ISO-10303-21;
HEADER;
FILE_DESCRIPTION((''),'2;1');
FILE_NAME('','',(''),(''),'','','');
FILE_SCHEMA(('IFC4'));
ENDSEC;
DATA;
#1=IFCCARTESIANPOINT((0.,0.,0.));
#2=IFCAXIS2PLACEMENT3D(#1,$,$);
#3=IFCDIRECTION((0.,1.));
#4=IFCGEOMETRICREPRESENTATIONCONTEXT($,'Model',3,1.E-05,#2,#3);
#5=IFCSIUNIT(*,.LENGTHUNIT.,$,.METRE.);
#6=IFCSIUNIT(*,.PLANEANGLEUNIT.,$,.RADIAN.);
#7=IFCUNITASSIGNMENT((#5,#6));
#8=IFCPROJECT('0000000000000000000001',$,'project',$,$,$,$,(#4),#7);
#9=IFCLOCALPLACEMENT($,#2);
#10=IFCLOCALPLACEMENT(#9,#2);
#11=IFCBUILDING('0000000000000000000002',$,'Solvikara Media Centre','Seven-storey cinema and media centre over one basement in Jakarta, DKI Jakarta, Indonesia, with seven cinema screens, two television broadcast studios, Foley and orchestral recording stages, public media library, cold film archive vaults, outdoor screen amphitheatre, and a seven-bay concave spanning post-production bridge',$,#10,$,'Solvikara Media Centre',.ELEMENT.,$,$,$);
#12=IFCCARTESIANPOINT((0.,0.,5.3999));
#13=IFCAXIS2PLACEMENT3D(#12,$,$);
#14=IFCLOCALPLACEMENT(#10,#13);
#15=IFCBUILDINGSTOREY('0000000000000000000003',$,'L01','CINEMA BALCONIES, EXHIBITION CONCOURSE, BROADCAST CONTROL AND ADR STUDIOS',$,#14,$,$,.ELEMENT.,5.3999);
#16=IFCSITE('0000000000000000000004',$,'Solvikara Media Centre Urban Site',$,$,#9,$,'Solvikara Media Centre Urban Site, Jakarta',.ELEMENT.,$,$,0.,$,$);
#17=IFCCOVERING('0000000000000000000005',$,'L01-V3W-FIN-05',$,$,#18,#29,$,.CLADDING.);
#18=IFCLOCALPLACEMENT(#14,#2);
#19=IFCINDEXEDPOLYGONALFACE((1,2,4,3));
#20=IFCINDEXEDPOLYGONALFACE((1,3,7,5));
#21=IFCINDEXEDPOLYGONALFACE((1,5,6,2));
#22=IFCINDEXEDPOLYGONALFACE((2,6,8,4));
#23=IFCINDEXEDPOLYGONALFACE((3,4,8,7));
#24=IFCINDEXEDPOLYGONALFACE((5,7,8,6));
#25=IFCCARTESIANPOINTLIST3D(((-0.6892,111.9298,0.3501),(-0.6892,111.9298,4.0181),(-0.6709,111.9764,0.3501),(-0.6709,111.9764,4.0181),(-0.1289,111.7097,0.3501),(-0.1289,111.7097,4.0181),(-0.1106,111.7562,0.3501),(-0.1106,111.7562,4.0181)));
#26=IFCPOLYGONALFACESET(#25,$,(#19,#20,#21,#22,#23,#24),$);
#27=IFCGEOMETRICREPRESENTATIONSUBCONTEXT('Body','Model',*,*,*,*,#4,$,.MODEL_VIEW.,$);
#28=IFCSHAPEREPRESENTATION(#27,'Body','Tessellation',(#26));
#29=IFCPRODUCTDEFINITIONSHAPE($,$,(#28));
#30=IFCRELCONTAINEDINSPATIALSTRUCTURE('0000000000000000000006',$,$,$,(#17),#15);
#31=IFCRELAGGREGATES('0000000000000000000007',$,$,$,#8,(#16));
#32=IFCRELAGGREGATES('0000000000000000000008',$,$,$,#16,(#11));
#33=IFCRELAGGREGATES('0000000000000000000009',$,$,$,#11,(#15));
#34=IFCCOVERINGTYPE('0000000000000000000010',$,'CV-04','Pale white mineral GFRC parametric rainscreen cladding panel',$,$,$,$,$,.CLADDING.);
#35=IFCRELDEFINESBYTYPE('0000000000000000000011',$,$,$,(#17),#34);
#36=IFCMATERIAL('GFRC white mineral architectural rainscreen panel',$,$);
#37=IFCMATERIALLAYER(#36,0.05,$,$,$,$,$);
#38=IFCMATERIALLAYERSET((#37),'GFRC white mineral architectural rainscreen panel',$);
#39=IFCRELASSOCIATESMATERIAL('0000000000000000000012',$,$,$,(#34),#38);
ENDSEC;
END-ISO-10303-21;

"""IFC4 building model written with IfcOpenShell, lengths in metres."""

from ifc_helpers import new_model, si_unit, direction, frame, origin, origin_2d, place, context, subcontext, project, spatial, rectangle, extrude, material, layer, layer_set, type_object, element, save


model = new_model("IFC4")

# Units and contexts
model_context = context("Model", 3, precision=1e-05, world=origin(), true_north=direction((0.0, 1.0)))
body_context = subcontext(model_context, "Body", "Model", "MODEL_VIEW")
ifc_project = project(units=[si_unit("LENGTHUNIT", "METRE"), si_unit("PLANEANGLEUNIT", "RADIAN")], contexts=[model_context])

# Site, building, storey
site_placement = place(None, origin())
site = spatial("IfcSite", under=ifc_project, at=site_placement, Name="Solvikara Media Centre Urban Site", LongName="Solvikara Media Centre Urban Site, Jakarta", CompositionType="ELEMENT", RefElevation=0.0)
building_placement = place(site_placement, origin())
building = spatial("IfcBuilding", under=site, at=building_placement, Name="Solvikara Media Centre", Description="Seven-storey cinema and media centre over one basement in Jakarta, DKI Jakarta, Indonesia, with seven cinema screens, two television broadcast studios, Foley and orchestral recording stages, public media library, cold film archive vaults, outdoor screen amphitheatre, and a seven-bay concave spanning post-production bridge", LongName="Solvikara Media Centre", CompositionType="ELEMENT")
storey_placement = place(building_placement, frame((0.0, 0.0, 5.3999)))
storey = spatial("IfcBuildingStorey", under=building, at=storey_placement, Name="L01", Description="CINEMA BALCONIES, EXHIBITION CONCOURSE, BROADCAST CONTROL AND ADR STUDIOS", CompositionType="ELEMENT", Elevation=5.3999)

# Covering
ifc_material_1 = material(Name="GFRC white mineral architectural rainscreen panel")
ifc_layer_1 = layer(ifc_material_1, 0.05)
ifc_layer_set_1 = layer_set([ifc_layer_1], Name="GFRC white mineral architectural rainscreen panel")
covering_type = type_object("IfcCoveringType", Name="CV-04", Description="Pale white mineral GFRC parametric rainscreen cladding panel", PredefinedType="CLADDING", material=ifc_layer_set_1)
covering_1_placement = place(storey_placement, frame((-0.3999, 111.843, 0.3501), z_axis=(0.0, 0.0, 1.0), x_axis=(-0.93075, 0.365657, 0.0)))
element("IfcCovering", 1, at=covering_1_placement, inside=storey, type_object=covering_type, Name="L01-V3W-FIN-05", PredefinedType="CLADDING", context=body_context, shape_type="SweptSolid", body=[
    extrude(rectangle(XDim=0.6021, YDim=0.05, at=origin_2d()), origin(), (0.0, 0.0, 1.0), 3.668),
])

save(model, "model.ifc")
